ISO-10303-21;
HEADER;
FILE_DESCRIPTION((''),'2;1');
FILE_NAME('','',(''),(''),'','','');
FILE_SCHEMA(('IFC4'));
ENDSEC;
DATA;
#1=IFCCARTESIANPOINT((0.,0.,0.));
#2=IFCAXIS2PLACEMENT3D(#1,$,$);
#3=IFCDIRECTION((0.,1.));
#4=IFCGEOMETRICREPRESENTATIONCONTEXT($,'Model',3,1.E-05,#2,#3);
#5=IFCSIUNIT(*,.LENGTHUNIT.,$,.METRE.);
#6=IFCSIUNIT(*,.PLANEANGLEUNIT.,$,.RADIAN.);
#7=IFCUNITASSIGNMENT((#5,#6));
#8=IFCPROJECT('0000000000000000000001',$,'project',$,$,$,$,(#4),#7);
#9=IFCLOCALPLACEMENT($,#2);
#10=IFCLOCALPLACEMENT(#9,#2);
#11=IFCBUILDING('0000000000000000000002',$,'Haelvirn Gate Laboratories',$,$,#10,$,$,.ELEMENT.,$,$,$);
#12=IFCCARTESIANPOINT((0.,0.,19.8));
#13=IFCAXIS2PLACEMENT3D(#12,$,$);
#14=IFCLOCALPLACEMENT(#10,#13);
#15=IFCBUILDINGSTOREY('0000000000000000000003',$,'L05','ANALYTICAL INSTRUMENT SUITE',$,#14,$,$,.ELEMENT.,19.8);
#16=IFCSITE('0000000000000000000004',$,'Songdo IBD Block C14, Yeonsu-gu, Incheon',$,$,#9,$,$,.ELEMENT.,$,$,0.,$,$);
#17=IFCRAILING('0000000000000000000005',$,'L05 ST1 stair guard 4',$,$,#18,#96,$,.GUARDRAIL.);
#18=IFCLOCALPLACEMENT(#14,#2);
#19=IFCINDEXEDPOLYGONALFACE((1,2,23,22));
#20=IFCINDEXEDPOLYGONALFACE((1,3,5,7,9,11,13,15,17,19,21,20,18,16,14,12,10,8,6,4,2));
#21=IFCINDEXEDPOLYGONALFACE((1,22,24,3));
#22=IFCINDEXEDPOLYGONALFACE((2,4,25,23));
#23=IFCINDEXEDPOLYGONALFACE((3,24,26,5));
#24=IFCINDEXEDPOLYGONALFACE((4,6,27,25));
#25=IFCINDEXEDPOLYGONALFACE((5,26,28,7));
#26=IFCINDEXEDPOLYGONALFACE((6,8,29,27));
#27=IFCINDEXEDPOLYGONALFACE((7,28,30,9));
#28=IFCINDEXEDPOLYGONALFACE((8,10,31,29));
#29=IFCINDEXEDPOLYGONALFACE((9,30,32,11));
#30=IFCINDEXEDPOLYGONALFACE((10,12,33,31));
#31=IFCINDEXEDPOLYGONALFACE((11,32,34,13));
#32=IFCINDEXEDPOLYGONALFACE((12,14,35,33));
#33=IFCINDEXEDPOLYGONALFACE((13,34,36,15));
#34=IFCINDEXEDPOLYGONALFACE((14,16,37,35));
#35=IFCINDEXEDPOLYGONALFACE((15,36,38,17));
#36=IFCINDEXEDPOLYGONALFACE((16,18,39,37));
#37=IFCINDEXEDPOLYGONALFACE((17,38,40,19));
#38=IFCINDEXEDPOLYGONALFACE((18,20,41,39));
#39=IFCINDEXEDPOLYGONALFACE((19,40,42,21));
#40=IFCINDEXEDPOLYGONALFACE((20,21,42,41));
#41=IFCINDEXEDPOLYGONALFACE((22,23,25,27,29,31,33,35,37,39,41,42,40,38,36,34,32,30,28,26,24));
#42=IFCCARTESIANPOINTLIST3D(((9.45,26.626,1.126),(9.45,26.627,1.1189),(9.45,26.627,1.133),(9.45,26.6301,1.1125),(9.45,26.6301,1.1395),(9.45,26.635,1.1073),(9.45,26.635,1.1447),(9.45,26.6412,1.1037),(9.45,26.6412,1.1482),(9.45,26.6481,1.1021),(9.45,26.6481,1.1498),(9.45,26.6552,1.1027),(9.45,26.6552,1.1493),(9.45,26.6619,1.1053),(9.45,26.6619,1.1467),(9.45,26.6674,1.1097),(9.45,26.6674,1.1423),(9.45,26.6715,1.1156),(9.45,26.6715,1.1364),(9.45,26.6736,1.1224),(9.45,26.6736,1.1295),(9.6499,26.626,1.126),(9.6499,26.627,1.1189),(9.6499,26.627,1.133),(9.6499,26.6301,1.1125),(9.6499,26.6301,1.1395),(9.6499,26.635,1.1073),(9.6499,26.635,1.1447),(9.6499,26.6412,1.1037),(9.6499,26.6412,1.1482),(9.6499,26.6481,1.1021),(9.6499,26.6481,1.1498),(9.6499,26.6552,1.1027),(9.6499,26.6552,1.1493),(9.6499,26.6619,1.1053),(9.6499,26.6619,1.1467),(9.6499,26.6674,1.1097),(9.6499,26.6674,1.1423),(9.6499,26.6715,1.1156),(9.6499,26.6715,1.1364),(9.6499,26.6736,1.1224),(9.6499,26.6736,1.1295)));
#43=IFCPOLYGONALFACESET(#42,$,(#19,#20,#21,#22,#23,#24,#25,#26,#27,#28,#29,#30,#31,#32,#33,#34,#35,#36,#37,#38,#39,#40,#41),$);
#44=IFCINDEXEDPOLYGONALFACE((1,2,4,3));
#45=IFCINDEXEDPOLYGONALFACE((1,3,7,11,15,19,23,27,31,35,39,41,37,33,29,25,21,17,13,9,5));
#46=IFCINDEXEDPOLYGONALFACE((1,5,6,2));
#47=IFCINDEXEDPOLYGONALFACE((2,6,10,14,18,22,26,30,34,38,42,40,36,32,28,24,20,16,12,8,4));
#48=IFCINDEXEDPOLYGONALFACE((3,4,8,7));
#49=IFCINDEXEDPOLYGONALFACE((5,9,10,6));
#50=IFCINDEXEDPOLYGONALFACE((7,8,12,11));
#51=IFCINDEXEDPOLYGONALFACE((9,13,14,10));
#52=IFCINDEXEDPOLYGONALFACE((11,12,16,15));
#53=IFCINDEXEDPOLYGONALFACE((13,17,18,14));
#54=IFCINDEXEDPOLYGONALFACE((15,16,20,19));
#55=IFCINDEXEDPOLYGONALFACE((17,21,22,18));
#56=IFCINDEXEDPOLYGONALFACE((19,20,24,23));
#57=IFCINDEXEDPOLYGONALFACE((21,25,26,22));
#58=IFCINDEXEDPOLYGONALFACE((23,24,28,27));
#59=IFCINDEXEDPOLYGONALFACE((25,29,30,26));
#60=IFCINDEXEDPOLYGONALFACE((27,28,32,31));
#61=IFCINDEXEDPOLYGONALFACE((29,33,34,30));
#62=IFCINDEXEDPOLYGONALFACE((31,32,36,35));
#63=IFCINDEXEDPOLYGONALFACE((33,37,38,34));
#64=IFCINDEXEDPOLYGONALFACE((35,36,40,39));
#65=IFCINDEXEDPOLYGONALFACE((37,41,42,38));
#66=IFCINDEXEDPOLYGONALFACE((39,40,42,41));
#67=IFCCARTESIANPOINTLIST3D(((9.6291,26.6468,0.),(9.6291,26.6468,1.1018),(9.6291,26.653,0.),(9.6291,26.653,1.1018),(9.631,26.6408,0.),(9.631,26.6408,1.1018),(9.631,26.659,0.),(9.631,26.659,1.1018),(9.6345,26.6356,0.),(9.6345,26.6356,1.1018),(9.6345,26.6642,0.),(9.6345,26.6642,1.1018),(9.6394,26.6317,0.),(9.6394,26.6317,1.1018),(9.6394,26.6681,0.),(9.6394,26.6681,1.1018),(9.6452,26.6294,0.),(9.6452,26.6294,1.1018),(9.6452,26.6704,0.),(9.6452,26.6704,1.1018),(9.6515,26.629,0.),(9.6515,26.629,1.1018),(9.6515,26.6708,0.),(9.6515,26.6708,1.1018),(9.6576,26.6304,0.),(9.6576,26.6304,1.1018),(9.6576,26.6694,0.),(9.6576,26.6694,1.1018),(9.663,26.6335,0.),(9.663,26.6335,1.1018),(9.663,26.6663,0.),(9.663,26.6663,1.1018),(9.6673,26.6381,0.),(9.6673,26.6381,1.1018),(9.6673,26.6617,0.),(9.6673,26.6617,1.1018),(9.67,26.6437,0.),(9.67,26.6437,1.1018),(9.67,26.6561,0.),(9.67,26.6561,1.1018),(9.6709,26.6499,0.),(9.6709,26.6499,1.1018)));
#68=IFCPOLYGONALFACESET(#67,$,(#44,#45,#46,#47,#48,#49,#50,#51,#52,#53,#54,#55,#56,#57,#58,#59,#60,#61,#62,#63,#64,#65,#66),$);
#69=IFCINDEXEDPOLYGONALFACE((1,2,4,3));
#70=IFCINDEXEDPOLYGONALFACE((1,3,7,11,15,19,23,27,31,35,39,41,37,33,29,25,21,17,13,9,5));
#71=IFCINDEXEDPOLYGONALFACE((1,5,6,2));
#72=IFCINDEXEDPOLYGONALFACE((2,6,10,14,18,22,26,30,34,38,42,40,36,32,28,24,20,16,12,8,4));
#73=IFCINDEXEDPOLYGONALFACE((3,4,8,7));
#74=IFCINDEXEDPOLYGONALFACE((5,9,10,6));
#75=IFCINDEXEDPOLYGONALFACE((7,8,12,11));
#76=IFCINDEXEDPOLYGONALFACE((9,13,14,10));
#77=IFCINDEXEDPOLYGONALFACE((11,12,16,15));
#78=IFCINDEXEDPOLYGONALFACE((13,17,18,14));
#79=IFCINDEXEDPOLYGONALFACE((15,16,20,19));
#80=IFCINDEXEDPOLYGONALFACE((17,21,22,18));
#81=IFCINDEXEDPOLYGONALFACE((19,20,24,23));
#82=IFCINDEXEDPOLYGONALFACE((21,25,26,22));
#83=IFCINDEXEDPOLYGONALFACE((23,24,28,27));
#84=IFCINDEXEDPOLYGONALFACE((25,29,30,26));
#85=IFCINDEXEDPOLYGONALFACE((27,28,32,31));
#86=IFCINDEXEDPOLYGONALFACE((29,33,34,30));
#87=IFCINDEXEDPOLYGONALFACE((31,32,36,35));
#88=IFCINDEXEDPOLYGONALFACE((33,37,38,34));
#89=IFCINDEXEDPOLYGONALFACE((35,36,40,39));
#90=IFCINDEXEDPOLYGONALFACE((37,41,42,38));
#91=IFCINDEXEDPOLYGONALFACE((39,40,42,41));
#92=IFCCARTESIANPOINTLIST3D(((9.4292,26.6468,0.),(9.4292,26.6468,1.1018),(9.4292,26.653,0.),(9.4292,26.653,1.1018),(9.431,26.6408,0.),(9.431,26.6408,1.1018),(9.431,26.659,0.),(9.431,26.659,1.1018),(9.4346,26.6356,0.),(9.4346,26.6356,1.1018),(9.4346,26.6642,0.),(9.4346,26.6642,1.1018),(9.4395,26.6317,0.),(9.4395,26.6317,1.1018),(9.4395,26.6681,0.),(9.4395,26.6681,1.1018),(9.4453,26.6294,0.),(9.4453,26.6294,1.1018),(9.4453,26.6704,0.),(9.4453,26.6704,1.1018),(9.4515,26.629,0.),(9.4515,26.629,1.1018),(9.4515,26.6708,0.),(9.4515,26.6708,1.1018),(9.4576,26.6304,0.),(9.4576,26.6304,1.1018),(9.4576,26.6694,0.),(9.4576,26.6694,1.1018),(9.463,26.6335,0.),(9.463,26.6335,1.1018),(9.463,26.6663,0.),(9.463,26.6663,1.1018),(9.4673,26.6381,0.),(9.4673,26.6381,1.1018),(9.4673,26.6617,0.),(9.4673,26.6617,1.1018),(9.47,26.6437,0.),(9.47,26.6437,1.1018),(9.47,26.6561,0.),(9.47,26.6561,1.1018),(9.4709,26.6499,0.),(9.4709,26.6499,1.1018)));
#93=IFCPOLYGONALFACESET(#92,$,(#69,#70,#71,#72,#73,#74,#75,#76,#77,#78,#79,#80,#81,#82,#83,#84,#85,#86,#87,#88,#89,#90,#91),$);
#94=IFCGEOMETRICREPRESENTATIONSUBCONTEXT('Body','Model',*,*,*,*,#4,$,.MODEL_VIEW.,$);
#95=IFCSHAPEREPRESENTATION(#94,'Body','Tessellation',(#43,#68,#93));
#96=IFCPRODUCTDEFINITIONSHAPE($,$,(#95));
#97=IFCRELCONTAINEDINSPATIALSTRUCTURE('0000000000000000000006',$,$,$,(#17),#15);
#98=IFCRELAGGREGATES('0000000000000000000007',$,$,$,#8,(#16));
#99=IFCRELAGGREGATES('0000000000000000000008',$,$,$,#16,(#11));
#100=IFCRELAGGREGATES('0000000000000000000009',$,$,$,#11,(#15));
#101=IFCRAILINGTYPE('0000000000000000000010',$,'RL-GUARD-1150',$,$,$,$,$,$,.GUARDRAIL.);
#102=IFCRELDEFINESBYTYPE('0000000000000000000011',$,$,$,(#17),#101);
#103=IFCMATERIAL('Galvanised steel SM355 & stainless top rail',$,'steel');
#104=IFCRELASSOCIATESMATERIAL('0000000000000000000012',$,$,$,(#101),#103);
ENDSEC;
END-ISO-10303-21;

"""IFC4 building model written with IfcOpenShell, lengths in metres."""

from ifc_helpers import new_model, si_unit, direction, frame, origin, origin_2d, place, context, subcontext, project, spatial, circle, extrude, source, transform, mapped, material, type_object, type_shapes, element, save


model = new_model("IFC4")

# Units and contexts
model_context = context("Model", 3, precision=1e-05, world=origin(), true_north=direction((0.0, 1.0)))
body_context = subcontext(model_context, "Body", "Model", "MODEL_VIEW")
ifc_project = project(units=[si_unit("LENGTHUNIT", "METRE"), si_unit("PLANEANGLEUNIT", "RADIAN")], contexts=[model_context])

# Site, building, storey
site_placement = place(None, origin())
site = spatial("IfcSite", under=ifc_project, at=site_placement, Name="Songdo IBD Block C14, Yeonsu-gu, Incheon", CompositionType="ELEMENT", RefElevation=0.0)
building_placement = place(site_placement, origin())
building = spatial("IfcBuilding", under=site, at=building_placement, Name="Haelvirn Gate Laboratories", CompositionType="ELEMENT")
storey_placement = place(building_placement, frame((0.0, 0.0, 19.8)))
storey = spatial("IfcBuildingStorey", under=building, at=storey_placement, Name="L05", Description="ANALYTICAL INSTRUMENT SUITE", CompositionType="ELEMENT", Elevation=19.8)

# Railing
ifc_material_1 = material(Name="Galvanised steel SM355 & stainless top rail", Category="steel")
railing_type = type_object("IfcRailingType", Name="RL-GUARD-1150", PredefinedType="GUARDRAIL", material=ifc_material_1)
shared_shape_1 = source(origin(), body_context, "Body", "SweptSolid", [
    extrude(circle(Radius=0.0239, at=origin_2d()), frame((0.0, 0.0, 1.126), z_axis=(-1.0, 0.0, 0.0), x_axis=(0.0, -1.0, 0.0)), (0.0, 0.0, 1.0), 0.2),
    extrude(circle(Radius=0.021, at=origin_2d()), origin(), (0.0, 0.0, 1.0), 1.1018),
    extrude(circle(Radius=0.021, at=origin_2d()), frame((-0.2, 0.0, 0.0)), (0.0, 0.0, 1.0), 1.1018),
])
type_shapes(railing_type, [shared_shape_1])
railing_placement = place(storey_placement, frame((9.6499, 26.6499, 0.0)))
element("IfcRailing", 1, at=railing_placement, inside=storey, type_object=railing_type, Name="L05 ST1 stair guard 4", PredefinedType="GUARDRAIL", context=body_context, shape_type="MappedRepresentation", body=[
    mapped(shared_shape_1, transform((0.0, 0.0, 0.0), scale=1.0)),
])

save(model, "model.ifc")
